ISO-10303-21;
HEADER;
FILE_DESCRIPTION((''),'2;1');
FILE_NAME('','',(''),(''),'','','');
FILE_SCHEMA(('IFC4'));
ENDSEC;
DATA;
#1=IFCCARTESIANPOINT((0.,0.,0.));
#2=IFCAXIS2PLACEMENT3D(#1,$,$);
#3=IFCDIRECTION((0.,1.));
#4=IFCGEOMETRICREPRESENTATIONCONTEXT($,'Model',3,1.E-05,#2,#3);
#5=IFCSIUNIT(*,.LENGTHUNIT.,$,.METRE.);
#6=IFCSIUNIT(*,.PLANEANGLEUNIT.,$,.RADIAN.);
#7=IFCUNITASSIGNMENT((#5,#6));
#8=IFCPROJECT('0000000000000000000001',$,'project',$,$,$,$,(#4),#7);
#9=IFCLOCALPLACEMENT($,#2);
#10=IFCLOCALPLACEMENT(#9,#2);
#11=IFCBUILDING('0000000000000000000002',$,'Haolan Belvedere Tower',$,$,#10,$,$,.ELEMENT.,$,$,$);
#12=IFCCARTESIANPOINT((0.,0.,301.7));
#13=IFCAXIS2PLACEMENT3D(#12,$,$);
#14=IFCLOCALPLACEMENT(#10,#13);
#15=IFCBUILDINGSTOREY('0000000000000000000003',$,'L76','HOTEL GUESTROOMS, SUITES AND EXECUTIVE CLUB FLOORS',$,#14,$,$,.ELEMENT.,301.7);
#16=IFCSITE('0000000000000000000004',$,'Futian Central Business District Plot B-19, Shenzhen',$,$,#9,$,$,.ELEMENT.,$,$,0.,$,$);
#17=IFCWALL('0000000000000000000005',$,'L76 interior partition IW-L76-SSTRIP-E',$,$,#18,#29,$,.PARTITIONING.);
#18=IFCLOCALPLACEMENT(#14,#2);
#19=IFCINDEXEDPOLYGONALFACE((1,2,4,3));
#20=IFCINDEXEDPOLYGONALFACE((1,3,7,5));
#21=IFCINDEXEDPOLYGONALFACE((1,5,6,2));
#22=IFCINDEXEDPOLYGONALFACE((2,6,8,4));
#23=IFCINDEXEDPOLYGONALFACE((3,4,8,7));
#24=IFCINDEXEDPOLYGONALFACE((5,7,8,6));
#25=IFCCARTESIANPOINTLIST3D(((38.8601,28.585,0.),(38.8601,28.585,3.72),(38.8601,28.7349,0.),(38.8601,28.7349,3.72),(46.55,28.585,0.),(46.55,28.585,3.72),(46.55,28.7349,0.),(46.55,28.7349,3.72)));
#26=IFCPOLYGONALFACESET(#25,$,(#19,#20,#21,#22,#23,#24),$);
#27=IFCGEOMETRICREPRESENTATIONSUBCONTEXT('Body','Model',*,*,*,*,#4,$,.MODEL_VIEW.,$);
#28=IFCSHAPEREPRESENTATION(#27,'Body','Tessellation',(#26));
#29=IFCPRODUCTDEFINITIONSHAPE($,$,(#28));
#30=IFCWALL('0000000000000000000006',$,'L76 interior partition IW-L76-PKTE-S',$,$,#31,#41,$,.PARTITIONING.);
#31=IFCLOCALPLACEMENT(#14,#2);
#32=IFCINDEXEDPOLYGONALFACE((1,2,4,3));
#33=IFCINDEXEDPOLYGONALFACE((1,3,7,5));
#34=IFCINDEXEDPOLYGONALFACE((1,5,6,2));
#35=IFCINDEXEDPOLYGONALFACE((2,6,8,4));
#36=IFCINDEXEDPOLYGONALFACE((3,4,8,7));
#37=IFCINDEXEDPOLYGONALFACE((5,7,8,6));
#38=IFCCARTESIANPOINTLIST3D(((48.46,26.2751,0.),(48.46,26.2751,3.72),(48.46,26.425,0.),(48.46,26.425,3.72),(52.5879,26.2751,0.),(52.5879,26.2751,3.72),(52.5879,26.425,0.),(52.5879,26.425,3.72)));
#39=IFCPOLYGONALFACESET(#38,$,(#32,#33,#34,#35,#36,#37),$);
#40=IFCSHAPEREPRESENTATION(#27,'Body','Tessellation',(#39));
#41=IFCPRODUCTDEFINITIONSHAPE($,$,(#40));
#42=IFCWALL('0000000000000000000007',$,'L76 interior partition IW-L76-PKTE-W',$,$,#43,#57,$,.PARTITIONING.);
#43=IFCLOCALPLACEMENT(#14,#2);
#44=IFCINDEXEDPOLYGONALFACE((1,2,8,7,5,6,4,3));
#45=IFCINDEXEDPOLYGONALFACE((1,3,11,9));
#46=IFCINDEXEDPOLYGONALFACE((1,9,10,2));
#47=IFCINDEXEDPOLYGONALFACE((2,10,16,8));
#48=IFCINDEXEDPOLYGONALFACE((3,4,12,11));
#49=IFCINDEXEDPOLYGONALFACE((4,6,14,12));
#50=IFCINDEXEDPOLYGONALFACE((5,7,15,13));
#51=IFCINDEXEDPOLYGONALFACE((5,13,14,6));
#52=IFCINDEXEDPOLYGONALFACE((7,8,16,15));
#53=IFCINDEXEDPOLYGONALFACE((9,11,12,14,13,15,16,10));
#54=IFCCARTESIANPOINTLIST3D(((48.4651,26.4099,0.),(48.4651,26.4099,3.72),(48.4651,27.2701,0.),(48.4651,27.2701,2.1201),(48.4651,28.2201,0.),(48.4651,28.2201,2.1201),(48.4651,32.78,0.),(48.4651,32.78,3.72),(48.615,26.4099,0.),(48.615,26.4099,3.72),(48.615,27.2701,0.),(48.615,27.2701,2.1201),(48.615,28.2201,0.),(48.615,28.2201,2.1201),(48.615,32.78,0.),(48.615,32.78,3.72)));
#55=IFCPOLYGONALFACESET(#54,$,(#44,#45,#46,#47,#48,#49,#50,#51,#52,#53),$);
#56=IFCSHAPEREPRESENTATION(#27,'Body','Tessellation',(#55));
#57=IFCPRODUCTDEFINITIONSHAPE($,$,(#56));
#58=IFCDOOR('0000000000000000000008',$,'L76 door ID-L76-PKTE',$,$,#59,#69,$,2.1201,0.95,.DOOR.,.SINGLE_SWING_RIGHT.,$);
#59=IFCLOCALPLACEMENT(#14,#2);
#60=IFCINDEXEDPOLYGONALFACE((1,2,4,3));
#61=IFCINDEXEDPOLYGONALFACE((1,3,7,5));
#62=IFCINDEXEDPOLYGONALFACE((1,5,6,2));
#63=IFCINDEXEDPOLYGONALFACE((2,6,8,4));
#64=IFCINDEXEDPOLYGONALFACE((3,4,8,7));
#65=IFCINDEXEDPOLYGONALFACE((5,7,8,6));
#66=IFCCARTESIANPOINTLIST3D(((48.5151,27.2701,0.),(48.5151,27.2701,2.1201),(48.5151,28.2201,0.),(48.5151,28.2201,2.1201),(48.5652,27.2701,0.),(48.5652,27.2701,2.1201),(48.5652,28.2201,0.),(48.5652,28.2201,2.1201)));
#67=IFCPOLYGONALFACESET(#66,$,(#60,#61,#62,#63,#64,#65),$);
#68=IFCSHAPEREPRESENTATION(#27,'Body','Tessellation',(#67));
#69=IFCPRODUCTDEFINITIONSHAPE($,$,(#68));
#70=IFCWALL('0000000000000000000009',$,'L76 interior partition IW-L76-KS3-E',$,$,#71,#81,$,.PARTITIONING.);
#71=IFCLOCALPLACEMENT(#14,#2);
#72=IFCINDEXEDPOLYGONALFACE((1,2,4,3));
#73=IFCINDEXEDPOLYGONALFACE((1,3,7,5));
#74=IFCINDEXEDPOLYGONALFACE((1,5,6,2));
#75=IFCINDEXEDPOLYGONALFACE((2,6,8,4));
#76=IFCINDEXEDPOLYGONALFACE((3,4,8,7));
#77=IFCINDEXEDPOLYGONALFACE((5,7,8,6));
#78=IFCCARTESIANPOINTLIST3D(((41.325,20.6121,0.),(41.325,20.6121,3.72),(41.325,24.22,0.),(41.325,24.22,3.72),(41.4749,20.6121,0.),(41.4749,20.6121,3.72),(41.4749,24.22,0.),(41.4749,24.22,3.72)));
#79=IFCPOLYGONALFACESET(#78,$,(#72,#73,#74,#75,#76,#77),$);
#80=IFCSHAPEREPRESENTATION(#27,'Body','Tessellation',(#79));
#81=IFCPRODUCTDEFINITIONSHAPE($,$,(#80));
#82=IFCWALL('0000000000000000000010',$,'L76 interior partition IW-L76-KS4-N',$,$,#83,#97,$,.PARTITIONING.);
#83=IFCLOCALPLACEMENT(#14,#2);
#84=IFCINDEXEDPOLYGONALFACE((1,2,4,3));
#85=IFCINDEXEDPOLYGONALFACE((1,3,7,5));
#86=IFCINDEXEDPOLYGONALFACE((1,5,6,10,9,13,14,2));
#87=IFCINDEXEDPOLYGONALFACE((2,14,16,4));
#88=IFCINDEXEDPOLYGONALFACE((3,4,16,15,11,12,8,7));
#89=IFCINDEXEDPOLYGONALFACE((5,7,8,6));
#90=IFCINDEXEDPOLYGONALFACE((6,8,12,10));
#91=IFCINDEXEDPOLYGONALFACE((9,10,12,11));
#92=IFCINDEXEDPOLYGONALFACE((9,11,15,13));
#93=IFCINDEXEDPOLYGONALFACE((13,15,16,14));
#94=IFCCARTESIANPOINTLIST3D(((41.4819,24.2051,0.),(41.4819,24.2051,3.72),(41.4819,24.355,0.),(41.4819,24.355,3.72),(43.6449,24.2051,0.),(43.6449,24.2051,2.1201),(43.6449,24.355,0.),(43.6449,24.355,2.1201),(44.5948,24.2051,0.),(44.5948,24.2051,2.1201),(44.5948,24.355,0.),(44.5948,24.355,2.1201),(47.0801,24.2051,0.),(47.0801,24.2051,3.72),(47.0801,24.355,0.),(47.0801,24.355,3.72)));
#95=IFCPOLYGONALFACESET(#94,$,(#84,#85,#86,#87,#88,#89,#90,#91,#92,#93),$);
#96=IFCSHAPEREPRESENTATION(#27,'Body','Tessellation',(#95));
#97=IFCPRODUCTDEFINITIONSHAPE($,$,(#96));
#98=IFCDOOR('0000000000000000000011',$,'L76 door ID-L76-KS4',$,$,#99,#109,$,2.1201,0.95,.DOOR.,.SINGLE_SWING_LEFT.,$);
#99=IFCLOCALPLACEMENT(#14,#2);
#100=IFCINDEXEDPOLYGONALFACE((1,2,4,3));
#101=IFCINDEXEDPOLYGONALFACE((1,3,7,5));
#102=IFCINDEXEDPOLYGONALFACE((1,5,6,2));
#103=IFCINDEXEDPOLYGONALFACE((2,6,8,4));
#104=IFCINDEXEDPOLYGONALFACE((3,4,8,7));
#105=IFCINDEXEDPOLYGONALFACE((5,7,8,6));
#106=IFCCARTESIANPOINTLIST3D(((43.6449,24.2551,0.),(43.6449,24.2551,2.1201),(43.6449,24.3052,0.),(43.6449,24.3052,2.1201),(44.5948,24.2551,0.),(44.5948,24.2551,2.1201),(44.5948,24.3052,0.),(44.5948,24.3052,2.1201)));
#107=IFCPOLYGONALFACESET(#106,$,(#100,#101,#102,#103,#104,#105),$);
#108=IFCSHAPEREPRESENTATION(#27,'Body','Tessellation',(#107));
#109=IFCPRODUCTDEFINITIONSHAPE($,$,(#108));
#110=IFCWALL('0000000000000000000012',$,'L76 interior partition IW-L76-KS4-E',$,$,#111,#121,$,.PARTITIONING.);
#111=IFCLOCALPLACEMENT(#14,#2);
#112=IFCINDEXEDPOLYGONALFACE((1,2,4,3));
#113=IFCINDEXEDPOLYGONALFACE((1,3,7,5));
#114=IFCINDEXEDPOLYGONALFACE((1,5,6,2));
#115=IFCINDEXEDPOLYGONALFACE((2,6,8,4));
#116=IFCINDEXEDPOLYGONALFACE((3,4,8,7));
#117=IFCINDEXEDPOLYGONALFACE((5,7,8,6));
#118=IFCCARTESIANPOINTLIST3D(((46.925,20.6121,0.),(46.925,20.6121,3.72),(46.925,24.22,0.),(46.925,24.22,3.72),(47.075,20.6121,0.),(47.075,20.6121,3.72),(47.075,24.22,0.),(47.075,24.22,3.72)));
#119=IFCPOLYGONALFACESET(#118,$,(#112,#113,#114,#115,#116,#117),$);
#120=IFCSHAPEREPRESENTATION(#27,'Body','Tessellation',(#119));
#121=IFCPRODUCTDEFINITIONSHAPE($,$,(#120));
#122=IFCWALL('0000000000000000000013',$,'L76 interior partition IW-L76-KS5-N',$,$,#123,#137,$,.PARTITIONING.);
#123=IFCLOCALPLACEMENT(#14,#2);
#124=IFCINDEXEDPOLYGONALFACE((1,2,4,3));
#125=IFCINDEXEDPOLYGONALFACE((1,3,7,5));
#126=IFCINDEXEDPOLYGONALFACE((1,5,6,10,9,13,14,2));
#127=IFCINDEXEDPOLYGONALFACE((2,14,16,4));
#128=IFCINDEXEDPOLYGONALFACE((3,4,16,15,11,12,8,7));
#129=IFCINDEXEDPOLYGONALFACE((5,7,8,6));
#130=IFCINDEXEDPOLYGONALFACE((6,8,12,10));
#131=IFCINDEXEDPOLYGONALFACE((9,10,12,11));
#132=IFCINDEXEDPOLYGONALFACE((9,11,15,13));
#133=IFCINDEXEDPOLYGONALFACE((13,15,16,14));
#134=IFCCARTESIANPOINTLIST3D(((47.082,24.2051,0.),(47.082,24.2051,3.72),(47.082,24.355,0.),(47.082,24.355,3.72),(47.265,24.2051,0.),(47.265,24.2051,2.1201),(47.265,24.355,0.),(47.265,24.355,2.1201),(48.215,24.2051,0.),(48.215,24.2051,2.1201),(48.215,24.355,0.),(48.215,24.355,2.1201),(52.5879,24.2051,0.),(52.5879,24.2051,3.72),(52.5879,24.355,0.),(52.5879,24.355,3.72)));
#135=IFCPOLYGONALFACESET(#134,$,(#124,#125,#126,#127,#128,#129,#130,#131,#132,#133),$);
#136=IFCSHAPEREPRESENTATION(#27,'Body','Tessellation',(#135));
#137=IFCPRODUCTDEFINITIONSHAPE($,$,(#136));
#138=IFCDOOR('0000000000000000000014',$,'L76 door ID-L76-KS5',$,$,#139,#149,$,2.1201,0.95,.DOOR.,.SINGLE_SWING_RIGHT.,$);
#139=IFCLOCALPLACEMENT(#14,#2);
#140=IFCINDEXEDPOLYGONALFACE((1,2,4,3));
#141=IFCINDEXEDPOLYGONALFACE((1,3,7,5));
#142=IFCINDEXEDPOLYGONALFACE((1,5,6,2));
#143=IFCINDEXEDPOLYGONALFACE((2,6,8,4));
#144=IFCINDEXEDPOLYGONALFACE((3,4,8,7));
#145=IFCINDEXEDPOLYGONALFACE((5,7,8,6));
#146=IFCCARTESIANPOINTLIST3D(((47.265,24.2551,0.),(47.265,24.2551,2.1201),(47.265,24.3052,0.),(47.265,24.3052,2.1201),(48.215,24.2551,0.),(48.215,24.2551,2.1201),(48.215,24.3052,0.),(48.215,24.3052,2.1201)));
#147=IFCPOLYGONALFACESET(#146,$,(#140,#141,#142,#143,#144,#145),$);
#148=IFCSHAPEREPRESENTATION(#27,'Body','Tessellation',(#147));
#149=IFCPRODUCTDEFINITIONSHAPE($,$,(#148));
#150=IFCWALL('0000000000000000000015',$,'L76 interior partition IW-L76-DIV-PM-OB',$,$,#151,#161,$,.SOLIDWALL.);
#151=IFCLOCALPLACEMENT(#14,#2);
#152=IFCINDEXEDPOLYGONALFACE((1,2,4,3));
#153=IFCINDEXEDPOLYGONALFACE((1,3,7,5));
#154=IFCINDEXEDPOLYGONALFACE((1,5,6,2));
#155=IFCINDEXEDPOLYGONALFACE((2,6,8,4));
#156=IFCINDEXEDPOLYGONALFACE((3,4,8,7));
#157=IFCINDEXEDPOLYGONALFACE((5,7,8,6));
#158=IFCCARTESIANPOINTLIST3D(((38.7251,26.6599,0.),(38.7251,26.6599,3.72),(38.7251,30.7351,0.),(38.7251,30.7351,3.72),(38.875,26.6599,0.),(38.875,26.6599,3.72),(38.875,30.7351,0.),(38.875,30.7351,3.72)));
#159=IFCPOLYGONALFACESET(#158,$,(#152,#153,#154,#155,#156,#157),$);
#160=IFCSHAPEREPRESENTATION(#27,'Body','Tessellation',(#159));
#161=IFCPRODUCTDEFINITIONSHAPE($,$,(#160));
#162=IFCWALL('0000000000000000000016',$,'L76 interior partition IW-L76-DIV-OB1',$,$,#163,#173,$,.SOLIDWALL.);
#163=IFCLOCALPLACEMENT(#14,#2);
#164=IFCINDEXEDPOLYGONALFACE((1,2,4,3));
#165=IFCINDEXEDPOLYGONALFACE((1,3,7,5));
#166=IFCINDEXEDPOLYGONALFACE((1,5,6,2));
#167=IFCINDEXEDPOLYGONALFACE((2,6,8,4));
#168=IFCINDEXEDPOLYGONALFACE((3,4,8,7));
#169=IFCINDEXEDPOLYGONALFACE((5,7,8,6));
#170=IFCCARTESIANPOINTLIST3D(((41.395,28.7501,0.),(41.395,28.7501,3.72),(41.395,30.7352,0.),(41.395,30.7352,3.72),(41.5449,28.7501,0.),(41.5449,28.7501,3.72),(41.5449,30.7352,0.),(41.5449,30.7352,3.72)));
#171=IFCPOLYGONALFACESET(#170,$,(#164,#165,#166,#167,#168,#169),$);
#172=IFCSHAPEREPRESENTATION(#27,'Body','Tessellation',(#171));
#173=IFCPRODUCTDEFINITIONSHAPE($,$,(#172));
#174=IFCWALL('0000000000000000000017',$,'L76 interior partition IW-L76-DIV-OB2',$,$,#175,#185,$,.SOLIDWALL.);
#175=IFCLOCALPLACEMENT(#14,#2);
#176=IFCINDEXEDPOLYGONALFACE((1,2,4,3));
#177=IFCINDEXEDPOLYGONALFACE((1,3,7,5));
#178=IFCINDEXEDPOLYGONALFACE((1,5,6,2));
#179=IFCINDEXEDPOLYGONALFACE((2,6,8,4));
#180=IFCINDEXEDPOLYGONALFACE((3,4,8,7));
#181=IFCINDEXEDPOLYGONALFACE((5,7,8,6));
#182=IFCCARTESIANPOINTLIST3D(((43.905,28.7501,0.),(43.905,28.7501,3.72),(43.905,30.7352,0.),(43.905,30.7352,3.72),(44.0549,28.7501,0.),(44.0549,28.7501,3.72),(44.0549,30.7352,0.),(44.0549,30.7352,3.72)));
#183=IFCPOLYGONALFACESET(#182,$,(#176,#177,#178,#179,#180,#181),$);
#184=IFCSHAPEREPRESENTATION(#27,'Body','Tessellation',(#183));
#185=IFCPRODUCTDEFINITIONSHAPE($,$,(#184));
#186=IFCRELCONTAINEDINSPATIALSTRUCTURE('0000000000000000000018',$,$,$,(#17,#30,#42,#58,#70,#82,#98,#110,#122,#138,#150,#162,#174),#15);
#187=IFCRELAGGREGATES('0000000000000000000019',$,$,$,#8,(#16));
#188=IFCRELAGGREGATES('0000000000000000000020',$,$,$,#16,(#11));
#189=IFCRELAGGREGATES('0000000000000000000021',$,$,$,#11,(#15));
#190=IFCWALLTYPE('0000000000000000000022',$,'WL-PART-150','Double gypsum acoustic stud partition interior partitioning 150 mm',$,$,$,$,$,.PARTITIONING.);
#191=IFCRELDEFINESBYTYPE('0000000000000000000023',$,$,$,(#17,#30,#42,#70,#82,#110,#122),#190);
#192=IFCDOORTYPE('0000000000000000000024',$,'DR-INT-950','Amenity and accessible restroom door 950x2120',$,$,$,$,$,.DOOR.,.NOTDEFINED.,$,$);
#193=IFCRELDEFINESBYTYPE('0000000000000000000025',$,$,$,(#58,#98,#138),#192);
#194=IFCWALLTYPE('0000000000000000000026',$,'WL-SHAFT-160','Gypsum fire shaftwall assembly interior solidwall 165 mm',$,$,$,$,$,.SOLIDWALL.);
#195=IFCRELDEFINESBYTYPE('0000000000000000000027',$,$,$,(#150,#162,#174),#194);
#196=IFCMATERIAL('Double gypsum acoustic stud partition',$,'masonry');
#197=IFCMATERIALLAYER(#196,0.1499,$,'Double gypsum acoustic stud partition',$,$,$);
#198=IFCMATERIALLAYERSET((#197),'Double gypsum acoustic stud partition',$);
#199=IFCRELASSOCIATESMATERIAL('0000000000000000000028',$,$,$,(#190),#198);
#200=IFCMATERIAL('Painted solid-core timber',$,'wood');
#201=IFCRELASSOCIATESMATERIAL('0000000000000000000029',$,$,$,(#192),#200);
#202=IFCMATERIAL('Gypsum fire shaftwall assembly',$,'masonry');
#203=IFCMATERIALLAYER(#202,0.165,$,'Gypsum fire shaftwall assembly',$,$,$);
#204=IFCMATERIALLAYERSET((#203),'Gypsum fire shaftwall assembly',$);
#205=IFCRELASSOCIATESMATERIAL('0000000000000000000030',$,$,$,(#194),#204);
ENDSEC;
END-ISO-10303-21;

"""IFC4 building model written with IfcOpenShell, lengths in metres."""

from ifc_helpers import new_model, si_unit, direction, frame, frame_2d, origin, place, context, subcontext, project, spatial, rectangle, extrude, material, layer, layer_set, type_object, element, fill, save


model = new_model("IFC4")

# Units and contexts
model_context = context("Model", 3, precision=1e-05, world=origin(), true_north=direction((0.0, 1.0)))
body_context = subcontext(model_context, "Body", "Model", "MODEL_VIEW")
ifc_project = project(units=[si_unit("LENGTHUNIT", "METRE"), si_unit("PLANEANGLEUNIT", "RADIAN")], contexts=[model_context])

# Site, building, storey
site_placement = place(None, origin())
site = spatial("IfcSite", under=ifc_project, at=site_placement, Name="Futian Central Business District Plot B-19, Shenzhen", CompositionType="ELEMENT", RefElevation=0.0)
building_placement = place(site_placement, origin())
building = spatial("IfcBuilding", under=site, at=building_placement, Name="Haolan Belvedere Tower", CompositionType="ELEMENT")
storey_placement = place(building_placement, frame((0.0, 0.0, 301.7)))
storey = spatial("IfcBuildingStorey", under=building, at=storey_placement, Name="L76", Description="HOTEL GUESTROOMS, SUITES AND EXECUTIVE CLUB FLOORS", CompositionType="ELEMENT", Elevation=301.7)

# Walls
ifc_material_1 = material(Name="Double gypsum acoustic stud partition", Category="masonry")
ifc_layer_1 = layer(ifc_material_1, 0.1499, Name="Double gypsum acoustic stud partition")
ifc_layer_set_1 = layer_set([ifc_layer_1], Name="Double gypsum acoustic stud partition")
wall_type_1 = type_object("IfcWallType", Name="WL-PART-150", Description="Double gypsum acoustic stud partition interior partitioning 150 mm", PredefinedType="PARTITIONING", material=ifc_layer_set_1)
wall_1_placement = place(storey_placement, frame((38.8601, 28.6599, 0.0), z_axis=(0.0, 0.0, 1.0), x_axis=(1.0, 0.0, 0.0)))
element("IfcWall", 1, at=wall_1_placement, inside=storey, type_object=wall_type_1, Name="L76 interior partition IW-L76-SSTRIP-E", PredefinedType="PARTITIONING", context=body_context, shape_type="SweptSolid", body=[
    extrude(rectangle(XDim=7.6899, YDim=0.1499, at=frame_2d((3.845, 0.0))), origin(), (0.0, 0.0, 1.0), 3.72),
])
wall_2_placement = place(storey_placement, frame((48.46, 26.3501, 0.0), z_axis=(0.0, 0.0, 1.0), x_axis=(1.0, 0.0, 0.0)))
element("IfcWall", 2, at=wall_2_placement, inside=storey, type_object=wall_type_1, Name="L76 interior partition IW-L76-PKTE-S", PredefinedType="PARTITIONING", context=body_context, shape_type="SweptSolid", body=[
    extrude(rectangle(XDim=4.1279, YDim=0.1499, at=frame_2d((2.064, 0.0))), origin(), (0.0, 0.0, 1.0), 3.72),
])

# Wall, opening, door
wall_3_placement = place(storey_placement, frame((48.54, 26.4099, 0.0), z_axis=(0.0, 0.0, 1.0), x_axis=(0.0, 1.0, 0.0)))
wall_3 = element("IfcWall", 3, at=wall_3_placement, inside=storey, type_object=wall_type_1, Name="L76 interior partition IW-L76-PKTE-W", PredefinedType="PARTITIONING", context=body_context, shape_type="SweptSolid", body=[
    extrude(rectangle(XDim=6.3701, YDim=0.1499, at=frame_2d((3.1851, 0.0))), origin(), (0.0, 0.0, 1.0), 3.72),
])
opening_1_placement = place(wall_3_placement, frame((0.8601, 0.0, 0.0)))
opening_1 = element("IfcOpeningElement", 4, at=opening_1_placement, cuts=wall_3, PredefinedType="OPENING", context=body_context, shape_type="SweptSolid", body=[
    extrude(rectangle(XDim=0.95, YDim=2.1201, at=frame_2d((0.4751, 1.0601))), frame((0.0, 0.085, 0.0), z_axis=(0.0, -1.0, 0.0), x_axis=(1.0, 0.0, 0.0)), (0.0, 0.0, 1.0), 0.1699),
])
ifc_material_2 = material(Name="Painted solid-core timber", Category="wood")
door_type_1 = type_object("IfcDoorType", Name="DR-INT-950", Description="Amenity and accessible restroom door 950x2120", OperationType="NOTDEFINED", PredefinedType="DOOR", material=ifc_material_2)
door_1_placement = place(opening_1_placement, origin())
door_1 = element("IfcDoor", 5, at=door_1_placement, inside=storey, type_object=door_type_1, Name="L76 door ID-L76-PKTE", OperationType="SINGLE_SWING_RIGHT", OverallHeight=2.1201, OverallWidth=0.95, PredefinedType="DOOR", context=body_context, shape_type="SweptSolid", body=[
    extrude(rectangle(XDim=0.95, YDim=2.1201, at=frame_2d((0.4751, 1.0601))), frame((0.0, 0.0249, 0.0), z_axis=(0.0, -1.0, 0.0), x_axis=(1.0, 0.0, 0.0)), (0.0, 0.0, 1.0), 0.05),
])
fill(opening_1, door_1)

# Wall
wall_4_placement = place(storey_placement, frame((41.3999, 20.6121, 0.0), z_axis=(0.0, 0.0, 1.0), x_axis=(0.0, 1.0, 0.0)))
element("IfcWall", 6, at=wall_4_placement, inside=storey, type_object=wall_type_1, Name="L76 interior partition IW-L76-KS3-E", PredefinedType="PARTITIONING", context=body_context, shape_type="SweptSolid", body=[
    extrude(rectangle(XDim=3.6079, YDim=0.1499, at=frame_2d((1.804, 0.0))), origin(), (0.0, 0.0, 1.0), 3.72),
])

# Wall, opening, door
wall_5_placement = place(storey_placement, frame((41.4819, 24.28, 0.0), z_axis=(0.0, 0.0, 1.0), x_axis=(1.0, 0.0, 0.0)))
wall_5 = element("IfcWall", 7, at=wall_5_placement, inside=storey, type_object=wall_type_1, Name="L76 interior partition IW-L76-KS4-N", PredefinedType="PARTITIONING", context=body_context, shape_type="SweptSolid", body=[
    extrude(rectangle(XDim=5.5981, YDim=0.1499, at=frame_2d((2.7991, 0.0))), origin(), (0.0, 0.0, 1.0), 3.72),
])
opening_2_placement = place(wall_5_placement, frame((3.113, 0.0, 0.0), z_axis=(0.0, 0.0, 1.0), x_axis=(-1.0, 0.0, 0.0)))
opening_2 = element("IfcOpeningElement", 8, at=opening_2_placement, cuts=wall_5, PredefinedType="OPENING", context=body_context, shape_type="SweptSolid", body=[
    extrude(rectangle(XDim=0.95, YDim=2.1201, at=frame_2d((0.4751, 1.0601))), frame((0.0, 0.085, 0.0), z_axis=(0.0, -1.0, 0.0), x_axis=(1.0, 0.0, 0.0)), (0.0, 0.0, 1.0), 0.1699),
])
door_2_placement = place(opening_2_placement, origin())
door_2 = element("IfcDoor", 9, at=door_2_placement, inside=storey, type_object=door_type_1, Name="L76 door ID-L76-KS4", OperationType="SINGLE_SWING_LEFT", OverallHeight=2.1201, OverallWidth=0.95, PredefinedType="DOOR", context=body_context, shape_type="SweptSolid", body=[
    extrude(rectangle(XDim=0.95, YDim=2.1201, at=frame_2d((0.4751, 1.0601))), frame((0.0, 0.0249, 0.0), z_axis=(0.0, -1.0, 0.0), x_axis=(1.0, 0.0, 0.0)), (0.0, 0.0, 1.0), 0.05),
])
fill(opening_2, door_2)

# Wall
wall_6_placement = place(storey_placement, frame((47.0, 20.6121, 0.0), z_axis=(0.0, 0.0, 1.0), x_axis=(0.0, 1.0, 0.0)))
element("IfcWall", 10, at=wall_6_placement, inside=storey, type_object=wall_type_1, Name="L76 interior partition IW-L76-KS4-E", PredefinedType="PARTITIONING", context=body_context, shape_type="SweptSolid", body=[
    extrude(rectangle(XDim=3.6079, YDim=0.1499, at=frame_2d((1.804, 0.0))), origin(), (0.0, 0.0, 1.0), 3.72),
])

# Wall, opening, door
wall_7_placement = place(storey_placement, frame((47.082, 24.28, 0.0), z_axis=(0.0, 0.0, 1.0), x_axis=(1.0, 0.0, 0.0)))
wall_7 = element("IfcWall", 11, at=wall_7_placement, inside=storey, type_object=wall_type_1, Name="L76 interior partition IW-L76-KS5-N", PredefinedType="PARTITIONING", context=body_context, shape_type="SweptSolid", body=[
    extrude(rectangle(XDim=5.5059, YDim=0.1499, at=frame_2d((2.7529, 0.0))), origin(), (0.0, 0.0, 1.0), 3.72),
])
opening_3_placement = place(wall_7_placement, frame((1.1331, 0.0, 0.0), z_axis=(0.0, 0.0, 1.0), x_axis=(-1.0, 0.0, 0.0)))
opening_3 = element("IfcOpeningElement", 12, at=opening_3_placement, cuts=wall_7, PredefinedType="OPENING", context=body_context, shape_type="SweptSolid", body=[
    extrude(rectangle(XDim=0.95, YDim=2.1201, at=frame_2d((0.4751, 1.0601))), frame((0.0, 0.085, 0.0), z_axis=(0.0, -1.0, 0.0), x_axis=(1.0, 0.0, 0.0)), (0.0, 0.0, 1.0), 0.1699),
])
door_3_placement = place(opening_3_placement, origin())
door_3 = element("IfcDoor", 13, at=door_3_placement, inside=storey, type_object=door_type_1, Name="L76 door ID-L76-KS5", OperationType="SINGLE_SWING_RIGHT", OverallHeight=2.1201, OverallWidth=0.95, PredefinedType="DOOR", context=body_context, shape_type="SweptSolid", body=[
    extrude(rectangle(XDim=0.95, YDim=2.1201, at=frame_2d((0.4751, 1.0601))), frame((0.0, 0.0249, 0.0), z_axis=(0.0, -1.0, 0.0), x_axis=(1.0, 0.0, 0.0)), (0.0, 0.0, 1.0), 0.05),
])
fill(opening_3, door_3)

# Walls
ifc_material_3 = material(Name="Gypsum fire shaftwall assembly", Category="masonry")
ifc_layer_2 = layer(ifc_material_3, 0.165, Name="Gypsum fire shaftwall assembly")
ifc_layer_set_2 = layer_set([ifc_layer_2], Name="Gypsum fire shaftwall assembly")
wall_type_2 = type_object("IfcWallType", Name="WL-SHAFT-160", Description="Gypsum fire shaftwall assembly interior solidwall 165 mm", PredefinedType="SOLIDWALL", material=ifc_layer_set_2)
wall_8_placement = place(storey_placement, frame((38.8, 26.6599, 0.0), z_axis=(0.0, 0.0, 1.0), x_axis=(0.0, 1.0, 0.0)))
element("IfcWall", 14, at=wall_8_placement, inside=storey, type_object=wall_type_2, Name="L76 interior partition IW-L76-DIV-PM-OB", PredefinedType="SOLIDWALL", context=body_context, shape_type="SweptSolid", body=[
    extrude(rectangle(XDim=4.0752, YDim=0.1499, at=frame_2d((2.0376, 0.0))), origin(), (0.0, 0.0, 1.0), 3.72),
])
for number, where, z_axis, x_axis, name in (
    (15, (41.47, 28.75, 0.0), (0.0, 0.0, 1.0), (0.0, 1.0, 0.0), "L76 interior partition IW-L76-DIV-OB1"),
    (16, (43.98, 28.75, 0.0), (0.0, 0.0, 1.0), (0.0, 1.0, 0.0), "L76 interior partition IW-L76-DIV-OB2"),
):
    element("IfcWall", number, at=place(storey_placement, frame(where, z_axis=z_axis, x_axis=x_axis)), inside=storey, type_object=wall_type_2, Name=name, PredefinedType="SOLIDWALL", context=body_context, shape_type="SweptSolid", body=[
        extrude(rectangle(XDim=1.9851, YDim=0.1499, at=frame_2d((0.9927, 0.0))), origin(), (0.0, 0.0, 1.0), 3.72),
    ])

save(model, "model.ifc")
